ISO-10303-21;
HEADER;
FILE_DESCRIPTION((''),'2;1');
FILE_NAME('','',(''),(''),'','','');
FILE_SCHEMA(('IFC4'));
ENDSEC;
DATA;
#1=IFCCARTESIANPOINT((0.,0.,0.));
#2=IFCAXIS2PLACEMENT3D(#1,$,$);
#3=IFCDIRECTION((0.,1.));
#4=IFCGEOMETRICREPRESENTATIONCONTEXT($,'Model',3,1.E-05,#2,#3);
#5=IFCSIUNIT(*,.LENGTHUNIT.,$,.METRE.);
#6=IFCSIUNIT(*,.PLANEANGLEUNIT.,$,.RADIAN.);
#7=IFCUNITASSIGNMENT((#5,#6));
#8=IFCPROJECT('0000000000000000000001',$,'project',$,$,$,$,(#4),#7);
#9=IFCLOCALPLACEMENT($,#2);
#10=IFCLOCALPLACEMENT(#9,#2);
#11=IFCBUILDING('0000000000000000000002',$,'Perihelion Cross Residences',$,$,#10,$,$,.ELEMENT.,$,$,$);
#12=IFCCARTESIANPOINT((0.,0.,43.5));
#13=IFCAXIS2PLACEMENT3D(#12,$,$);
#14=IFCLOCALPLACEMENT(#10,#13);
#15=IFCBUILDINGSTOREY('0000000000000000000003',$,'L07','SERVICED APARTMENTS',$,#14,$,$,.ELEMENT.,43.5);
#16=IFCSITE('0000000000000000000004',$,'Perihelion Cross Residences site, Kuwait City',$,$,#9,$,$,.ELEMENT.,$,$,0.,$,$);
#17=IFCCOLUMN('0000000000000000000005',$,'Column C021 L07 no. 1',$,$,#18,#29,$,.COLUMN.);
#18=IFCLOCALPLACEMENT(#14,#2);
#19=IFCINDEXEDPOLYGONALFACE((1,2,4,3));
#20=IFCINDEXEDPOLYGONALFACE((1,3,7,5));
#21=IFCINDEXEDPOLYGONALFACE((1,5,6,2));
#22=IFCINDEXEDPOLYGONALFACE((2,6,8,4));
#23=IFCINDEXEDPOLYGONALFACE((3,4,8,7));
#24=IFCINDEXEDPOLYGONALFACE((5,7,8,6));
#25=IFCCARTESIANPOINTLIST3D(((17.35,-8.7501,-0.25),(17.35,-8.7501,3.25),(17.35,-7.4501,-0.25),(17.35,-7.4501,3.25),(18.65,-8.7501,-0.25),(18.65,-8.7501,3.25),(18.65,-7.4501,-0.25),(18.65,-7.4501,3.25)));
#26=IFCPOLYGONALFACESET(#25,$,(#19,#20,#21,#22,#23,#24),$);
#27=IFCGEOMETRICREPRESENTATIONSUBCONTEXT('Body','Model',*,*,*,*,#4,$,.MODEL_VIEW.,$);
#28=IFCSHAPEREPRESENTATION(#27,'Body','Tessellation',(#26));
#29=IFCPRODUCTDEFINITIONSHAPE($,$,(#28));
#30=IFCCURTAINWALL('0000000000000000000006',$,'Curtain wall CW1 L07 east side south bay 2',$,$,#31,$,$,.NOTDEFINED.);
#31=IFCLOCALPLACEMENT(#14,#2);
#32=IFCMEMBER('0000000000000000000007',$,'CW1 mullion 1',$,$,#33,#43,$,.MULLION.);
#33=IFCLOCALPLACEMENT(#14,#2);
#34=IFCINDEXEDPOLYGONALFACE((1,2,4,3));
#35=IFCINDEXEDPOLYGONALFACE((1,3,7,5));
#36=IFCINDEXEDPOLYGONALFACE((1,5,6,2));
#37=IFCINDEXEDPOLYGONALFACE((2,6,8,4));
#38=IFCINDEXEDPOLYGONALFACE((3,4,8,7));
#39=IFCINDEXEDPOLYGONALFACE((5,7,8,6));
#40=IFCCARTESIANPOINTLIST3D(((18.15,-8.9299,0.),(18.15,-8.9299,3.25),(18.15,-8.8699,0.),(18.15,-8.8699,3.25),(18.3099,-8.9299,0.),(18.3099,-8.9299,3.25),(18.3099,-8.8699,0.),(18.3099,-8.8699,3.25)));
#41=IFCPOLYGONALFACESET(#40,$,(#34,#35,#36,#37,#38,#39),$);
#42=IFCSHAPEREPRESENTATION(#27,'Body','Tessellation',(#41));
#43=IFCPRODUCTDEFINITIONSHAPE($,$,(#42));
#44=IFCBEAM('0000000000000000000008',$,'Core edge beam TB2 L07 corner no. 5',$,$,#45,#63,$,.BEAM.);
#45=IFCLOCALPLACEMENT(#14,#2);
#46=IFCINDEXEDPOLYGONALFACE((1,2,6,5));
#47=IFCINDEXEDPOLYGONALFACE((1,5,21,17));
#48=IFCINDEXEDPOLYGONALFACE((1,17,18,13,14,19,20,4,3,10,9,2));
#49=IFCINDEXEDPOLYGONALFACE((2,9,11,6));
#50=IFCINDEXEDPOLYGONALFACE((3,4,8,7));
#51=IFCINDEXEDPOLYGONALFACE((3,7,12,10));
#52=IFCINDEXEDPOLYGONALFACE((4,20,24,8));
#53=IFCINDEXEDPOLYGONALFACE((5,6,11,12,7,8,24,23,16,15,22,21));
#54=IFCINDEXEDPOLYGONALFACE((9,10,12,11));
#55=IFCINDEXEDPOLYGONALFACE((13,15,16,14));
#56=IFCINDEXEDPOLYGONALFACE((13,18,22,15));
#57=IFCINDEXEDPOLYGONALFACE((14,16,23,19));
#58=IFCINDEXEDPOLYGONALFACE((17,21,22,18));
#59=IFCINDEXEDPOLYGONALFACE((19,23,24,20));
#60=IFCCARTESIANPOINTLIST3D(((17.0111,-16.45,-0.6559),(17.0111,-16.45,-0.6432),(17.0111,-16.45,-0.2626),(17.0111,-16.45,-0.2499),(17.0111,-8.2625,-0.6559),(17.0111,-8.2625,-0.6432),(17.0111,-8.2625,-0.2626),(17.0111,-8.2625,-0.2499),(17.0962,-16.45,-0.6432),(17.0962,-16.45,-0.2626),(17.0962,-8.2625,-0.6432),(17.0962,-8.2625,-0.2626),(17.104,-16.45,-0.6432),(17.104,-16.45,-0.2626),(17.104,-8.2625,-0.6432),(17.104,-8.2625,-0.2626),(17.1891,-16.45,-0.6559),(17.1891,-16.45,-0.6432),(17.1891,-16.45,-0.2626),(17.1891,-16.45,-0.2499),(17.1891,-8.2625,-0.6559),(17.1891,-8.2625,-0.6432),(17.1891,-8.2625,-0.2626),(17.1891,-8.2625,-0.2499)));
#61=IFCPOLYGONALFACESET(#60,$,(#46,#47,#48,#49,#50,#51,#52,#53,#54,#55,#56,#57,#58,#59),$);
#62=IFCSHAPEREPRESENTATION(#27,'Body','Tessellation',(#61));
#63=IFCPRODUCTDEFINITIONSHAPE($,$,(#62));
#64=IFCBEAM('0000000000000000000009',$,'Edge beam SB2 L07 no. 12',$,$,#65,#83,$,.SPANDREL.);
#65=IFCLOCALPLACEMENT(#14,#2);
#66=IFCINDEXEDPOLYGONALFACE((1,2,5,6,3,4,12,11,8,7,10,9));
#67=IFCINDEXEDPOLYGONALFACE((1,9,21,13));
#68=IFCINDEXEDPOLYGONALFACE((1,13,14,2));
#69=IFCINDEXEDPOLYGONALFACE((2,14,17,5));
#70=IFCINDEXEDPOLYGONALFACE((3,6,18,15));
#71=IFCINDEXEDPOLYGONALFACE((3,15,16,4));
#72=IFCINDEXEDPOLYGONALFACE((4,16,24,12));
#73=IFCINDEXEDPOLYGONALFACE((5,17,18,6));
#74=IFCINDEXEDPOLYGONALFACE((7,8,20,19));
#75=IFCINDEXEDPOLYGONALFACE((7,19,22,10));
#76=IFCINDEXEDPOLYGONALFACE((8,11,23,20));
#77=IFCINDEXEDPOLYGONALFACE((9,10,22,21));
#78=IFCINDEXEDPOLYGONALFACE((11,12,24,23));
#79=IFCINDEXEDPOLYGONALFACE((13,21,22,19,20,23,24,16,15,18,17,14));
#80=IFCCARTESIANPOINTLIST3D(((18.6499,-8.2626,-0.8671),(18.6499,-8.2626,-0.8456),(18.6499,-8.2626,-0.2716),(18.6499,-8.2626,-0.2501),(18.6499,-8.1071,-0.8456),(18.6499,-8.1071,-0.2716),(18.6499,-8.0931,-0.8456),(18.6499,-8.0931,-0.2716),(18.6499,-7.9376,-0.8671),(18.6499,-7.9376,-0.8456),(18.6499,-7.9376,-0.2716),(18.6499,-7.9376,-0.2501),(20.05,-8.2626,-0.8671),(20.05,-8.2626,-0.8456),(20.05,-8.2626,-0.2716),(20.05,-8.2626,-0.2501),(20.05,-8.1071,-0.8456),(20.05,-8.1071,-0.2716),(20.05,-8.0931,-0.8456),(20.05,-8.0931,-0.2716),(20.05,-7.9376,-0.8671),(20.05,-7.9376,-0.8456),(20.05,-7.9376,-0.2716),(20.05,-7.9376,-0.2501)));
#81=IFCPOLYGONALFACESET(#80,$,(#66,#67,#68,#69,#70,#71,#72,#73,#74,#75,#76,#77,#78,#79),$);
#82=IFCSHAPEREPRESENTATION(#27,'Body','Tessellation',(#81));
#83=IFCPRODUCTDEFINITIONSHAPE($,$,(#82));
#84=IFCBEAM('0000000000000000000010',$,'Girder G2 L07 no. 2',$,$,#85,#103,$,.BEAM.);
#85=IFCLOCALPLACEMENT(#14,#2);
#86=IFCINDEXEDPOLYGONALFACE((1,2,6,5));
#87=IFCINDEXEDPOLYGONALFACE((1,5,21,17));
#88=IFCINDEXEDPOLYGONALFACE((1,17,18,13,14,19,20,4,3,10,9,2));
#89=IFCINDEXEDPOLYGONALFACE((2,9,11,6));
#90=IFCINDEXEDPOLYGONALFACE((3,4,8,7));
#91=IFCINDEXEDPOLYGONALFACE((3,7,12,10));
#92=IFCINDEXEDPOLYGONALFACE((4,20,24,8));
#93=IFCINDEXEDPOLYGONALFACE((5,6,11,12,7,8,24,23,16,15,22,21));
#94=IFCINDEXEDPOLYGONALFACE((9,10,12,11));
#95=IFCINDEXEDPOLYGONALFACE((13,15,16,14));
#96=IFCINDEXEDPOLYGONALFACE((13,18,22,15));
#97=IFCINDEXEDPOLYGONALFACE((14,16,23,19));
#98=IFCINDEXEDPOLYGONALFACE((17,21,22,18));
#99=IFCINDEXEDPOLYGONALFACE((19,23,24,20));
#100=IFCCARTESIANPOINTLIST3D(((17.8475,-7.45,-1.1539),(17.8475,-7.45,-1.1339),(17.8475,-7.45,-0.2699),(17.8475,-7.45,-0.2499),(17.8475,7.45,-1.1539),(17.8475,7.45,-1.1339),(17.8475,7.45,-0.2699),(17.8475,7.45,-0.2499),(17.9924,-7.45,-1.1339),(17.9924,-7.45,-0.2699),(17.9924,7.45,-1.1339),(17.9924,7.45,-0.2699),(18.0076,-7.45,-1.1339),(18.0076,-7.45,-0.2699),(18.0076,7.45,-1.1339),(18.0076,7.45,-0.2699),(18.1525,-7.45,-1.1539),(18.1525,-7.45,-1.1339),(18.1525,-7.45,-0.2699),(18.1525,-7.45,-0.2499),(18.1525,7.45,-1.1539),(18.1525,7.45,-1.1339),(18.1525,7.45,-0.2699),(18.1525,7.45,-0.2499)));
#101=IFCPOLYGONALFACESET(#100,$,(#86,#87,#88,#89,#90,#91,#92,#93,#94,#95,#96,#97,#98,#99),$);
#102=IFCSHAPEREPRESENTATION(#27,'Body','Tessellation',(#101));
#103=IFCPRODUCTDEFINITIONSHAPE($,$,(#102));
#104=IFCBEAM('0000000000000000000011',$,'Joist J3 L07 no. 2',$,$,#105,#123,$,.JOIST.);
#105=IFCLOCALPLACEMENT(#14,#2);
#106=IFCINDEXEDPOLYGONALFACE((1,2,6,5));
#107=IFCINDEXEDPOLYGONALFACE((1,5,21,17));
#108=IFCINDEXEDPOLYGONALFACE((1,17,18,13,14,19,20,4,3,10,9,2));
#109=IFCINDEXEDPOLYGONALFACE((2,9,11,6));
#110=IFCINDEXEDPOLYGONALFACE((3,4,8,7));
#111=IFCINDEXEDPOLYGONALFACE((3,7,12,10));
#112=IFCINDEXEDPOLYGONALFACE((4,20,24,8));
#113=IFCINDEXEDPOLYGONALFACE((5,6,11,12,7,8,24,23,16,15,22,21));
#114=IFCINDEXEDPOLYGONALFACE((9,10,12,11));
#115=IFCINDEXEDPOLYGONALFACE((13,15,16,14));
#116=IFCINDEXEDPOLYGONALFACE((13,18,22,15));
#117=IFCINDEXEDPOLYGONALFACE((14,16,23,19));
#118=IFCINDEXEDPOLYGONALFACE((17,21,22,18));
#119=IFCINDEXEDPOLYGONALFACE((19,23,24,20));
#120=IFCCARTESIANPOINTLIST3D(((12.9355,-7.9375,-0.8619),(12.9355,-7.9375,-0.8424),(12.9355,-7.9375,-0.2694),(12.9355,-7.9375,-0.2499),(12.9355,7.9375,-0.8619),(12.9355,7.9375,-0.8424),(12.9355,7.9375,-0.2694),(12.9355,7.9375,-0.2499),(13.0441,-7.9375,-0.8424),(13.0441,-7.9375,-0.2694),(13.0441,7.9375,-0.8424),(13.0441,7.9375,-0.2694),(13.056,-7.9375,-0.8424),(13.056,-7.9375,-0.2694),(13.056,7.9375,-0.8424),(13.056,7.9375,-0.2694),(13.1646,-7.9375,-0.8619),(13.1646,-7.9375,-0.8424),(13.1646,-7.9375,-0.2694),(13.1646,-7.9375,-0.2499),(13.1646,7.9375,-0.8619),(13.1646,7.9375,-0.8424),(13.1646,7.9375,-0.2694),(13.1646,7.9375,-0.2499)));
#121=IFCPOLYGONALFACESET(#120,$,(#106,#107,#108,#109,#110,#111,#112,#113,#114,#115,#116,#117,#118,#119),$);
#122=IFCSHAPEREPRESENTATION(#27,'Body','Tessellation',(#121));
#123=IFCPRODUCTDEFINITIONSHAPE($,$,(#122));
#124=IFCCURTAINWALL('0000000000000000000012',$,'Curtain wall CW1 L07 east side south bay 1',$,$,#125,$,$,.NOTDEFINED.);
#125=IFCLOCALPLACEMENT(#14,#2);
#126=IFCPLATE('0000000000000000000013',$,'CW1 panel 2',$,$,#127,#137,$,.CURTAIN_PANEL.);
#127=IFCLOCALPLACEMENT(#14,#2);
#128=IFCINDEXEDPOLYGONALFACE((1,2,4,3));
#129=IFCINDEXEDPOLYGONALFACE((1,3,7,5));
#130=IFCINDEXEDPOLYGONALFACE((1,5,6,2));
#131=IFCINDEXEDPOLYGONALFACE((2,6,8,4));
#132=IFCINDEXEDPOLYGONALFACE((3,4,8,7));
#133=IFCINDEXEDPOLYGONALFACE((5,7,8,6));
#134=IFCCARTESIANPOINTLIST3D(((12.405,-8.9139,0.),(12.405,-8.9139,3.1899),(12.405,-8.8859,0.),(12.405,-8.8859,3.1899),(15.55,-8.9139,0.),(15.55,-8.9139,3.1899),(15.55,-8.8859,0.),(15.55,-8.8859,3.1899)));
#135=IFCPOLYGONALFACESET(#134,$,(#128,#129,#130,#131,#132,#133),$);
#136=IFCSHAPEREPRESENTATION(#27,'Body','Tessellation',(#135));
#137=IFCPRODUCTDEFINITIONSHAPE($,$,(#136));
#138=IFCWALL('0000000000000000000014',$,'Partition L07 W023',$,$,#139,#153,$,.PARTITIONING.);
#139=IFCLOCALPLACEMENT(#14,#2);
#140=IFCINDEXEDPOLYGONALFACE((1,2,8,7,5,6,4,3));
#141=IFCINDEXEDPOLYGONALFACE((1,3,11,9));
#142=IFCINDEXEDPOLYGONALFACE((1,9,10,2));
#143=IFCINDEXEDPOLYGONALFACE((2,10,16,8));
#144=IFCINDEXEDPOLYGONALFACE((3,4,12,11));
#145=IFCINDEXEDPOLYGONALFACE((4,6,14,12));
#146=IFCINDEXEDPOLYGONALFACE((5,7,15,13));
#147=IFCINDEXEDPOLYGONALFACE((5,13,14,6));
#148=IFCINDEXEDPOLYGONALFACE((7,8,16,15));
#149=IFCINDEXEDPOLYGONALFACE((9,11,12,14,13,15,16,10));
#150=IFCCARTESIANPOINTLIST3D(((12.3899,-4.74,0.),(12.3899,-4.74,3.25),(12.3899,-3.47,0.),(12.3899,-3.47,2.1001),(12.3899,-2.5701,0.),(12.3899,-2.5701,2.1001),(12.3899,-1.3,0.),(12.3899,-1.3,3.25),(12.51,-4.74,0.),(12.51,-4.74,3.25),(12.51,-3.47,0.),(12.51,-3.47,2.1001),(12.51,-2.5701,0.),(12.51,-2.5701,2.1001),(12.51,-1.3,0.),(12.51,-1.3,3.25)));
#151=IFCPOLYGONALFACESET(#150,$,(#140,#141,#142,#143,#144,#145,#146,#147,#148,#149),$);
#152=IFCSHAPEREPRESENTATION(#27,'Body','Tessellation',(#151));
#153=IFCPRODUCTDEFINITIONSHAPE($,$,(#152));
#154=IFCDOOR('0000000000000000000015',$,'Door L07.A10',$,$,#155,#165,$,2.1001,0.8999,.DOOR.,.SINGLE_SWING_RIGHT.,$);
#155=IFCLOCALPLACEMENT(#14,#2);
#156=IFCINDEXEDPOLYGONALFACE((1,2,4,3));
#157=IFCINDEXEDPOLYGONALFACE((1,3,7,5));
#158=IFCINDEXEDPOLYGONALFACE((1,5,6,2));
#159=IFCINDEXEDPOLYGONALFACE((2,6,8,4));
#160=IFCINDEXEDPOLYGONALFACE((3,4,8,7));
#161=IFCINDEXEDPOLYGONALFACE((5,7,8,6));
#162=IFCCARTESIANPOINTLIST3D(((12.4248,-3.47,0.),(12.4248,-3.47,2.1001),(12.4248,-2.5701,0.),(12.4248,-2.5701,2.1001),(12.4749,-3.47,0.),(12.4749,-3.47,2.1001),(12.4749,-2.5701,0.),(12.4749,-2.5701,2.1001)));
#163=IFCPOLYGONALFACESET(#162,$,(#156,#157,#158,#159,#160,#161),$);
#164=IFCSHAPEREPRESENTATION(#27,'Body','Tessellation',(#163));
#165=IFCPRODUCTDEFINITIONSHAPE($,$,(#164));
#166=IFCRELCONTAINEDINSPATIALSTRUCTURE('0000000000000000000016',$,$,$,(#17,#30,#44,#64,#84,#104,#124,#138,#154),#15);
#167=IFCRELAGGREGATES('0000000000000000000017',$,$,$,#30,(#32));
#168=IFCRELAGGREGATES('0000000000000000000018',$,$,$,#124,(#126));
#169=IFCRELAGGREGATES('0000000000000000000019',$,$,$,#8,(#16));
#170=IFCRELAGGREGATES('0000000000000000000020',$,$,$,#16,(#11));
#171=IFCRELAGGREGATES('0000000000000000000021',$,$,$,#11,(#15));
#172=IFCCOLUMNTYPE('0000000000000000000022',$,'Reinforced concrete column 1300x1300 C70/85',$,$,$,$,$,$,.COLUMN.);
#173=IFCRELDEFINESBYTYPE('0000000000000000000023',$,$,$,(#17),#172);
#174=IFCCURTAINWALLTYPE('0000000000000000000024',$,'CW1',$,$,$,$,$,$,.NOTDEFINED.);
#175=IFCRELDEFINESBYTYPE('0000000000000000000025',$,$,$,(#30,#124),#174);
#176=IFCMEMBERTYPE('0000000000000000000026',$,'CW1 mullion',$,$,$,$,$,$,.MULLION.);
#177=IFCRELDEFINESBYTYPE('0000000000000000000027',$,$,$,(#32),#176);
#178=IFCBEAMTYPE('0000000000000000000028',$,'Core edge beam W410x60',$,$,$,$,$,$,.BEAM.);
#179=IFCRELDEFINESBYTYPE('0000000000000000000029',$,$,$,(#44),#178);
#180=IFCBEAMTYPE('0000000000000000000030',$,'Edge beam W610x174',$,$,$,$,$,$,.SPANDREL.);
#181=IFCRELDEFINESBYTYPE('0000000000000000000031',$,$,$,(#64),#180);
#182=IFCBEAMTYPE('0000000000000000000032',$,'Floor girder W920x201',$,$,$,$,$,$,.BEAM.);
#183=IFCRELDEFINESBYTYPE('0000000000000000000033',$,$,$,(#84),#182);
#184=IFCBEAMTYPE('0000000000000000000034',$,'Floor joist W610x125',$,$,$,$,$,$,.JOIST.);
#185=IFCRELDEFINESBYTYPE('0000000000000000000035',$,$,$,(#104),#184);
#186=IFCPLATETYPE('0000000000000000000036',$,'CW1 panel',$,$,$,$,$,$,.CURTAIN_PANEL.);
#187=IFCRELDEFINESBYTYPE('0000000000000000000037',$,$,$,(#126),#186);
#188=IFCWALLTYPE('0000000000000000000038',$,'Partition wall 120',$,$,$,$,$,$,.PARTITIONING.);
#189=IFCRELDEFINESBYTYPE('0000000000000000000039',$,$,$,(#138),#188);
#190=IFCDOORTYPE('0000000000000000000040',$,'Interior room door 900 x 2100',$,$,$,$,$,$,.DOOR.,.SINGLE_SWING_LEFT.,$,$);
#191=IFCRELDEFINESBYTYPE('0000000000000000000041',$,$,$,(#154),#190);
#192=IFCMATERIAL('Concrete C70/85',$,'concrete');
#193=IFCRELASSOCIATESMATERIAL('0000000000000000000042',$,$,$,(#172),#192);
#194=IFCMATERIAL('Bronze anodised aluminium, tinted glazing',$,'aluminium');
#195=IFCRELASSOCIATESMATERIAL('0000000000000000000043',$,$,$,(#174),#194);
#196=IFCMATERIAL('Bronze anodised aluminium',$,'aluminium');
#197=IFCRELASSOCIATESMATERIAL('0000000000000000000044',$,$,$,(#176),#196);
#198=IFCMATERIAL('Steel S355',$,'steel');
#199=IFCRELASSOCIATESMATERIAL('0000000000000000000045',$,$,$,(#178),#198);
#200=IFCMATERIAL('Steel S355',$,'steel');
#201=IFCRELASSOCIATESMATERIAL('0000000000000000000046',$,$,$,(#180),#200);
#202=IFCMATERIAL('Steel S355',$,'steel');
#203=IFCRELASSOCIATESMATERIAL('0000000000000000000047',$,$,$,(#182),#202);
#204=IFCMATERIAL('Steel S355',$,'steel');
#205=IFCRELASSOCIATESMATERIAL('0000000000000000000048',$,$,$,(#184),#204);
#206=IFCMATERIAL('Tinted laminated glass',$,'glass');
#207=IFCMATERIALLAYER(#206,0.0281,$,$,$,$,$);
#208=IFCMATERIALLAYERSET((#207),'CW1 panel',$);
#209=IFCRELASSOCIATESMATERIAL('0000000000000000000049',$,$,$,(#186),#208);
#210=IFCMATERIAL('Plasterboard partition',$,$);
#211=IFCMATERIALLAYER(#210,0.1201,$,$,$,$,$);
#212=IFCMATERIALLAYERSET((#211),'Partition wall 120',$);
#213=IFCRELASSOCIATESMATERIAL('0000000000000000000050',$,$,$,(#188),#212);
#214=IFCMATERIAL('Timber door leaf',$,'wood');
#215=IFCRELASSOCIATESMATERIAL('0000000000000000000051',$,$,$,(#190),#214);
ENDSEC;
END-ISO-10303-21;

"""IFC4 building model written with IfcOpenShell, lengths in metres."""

from ifc_helpers import new_model, si_unit, direction, frame, frame_2d, origin, origin_2d, place, context, subcontext, project, spatial, rectangle, i_section, extrude, material, layer, layer_set, material_profile, profile_set, type_object, element, fill, aggregate, save


model = new_model("IFC4")

# Units and contexts
model_context = context("Model", 3, precision=1e-05, world=origin(), true_north=direction((0.0, 1.0)))
body_context = subcontext(model_context, "Body", "Model", "MODEL_VIEW")
ifc_project = project(units=[si_unit("LENGTHUNIT", "METRE"), si_unit("PLANEANGLEUNIT", "RADIAN")], contexts=[model_context])

# Site, building, storey
site_placement = place(None, origin())
site = spatial("IfcSite", under=ifc_project, at=site_placement, Name="Perihelion Cross Residences site, Kuwait City", CompositionType="ELEMENT", RefElevation=0.0)
building_placement = place(site_placement, origin())
building = spatial("IfcBuilding", under=site, at=building_placement, Name="Perihelion Cross Residences", CompositionType="ELEMENT")
storey_placement = place(building_placement, frame((0.0, 0.0, 43.5)))
storey = spatial("IfcBuildingStorey", under=building, at=storey_placement, Name="L07", Description="SERVICED APARTMENTS", CompositionType="ELEMENT", Elevation=43.5)

# Column
ifc_material_1 = material(Name="Concrete C70/85", Category="concrete")
ifc_material_profile_1 = material_profile(ifc_material_1, rectangle(XDim=1.3, YDim=1.3, at=origin_2d()), Name="RC 1300x1300")
ifc_profile_set_1 = profile_set([ifc_material_profile_1], Name="Concrete C70/85")
column_type = type_object("IfcColumnType", Name="Reinforced concrete column 1300x1300 C70/85", PredefinedType="COLUMN", material=ifc_profile_set_1)
column_placement = place(storey_placement, frame((18.0, -8.1001, -0.25), z_axis=(0.0, 0.0, 1.0), x_axis=(1.0, 0.0, 0.0)))
element("IfcColumn", 1, at=column_placement, inside=storey, type_object=column_type, Name="Column C021 L07 no. 1", PredefinedType="COLUMN", context=body_context, shape_type="SweptSolid", body=[
    extrude(rectangle(XDim=1.3, YDim=1.3, at=origin_2d()), origin(), (0.0, 0.0, 1.0), 3.5),
])

# Curtain wall, member
ifc_material_2 = material(Name="Bronze anodised aluminium, tinted glazing", Category="aluminium")
curtain_wall_type = type_object("IfcCurtainWallType", Name="CW1", PredefinedType="NOTDEFINED", material=ifc_material_2)
curtain_wall_1_placement = place(storey_placement, origin())
curtain_wall_1 = element("IfcCurtainWall", 2, at=curtain_wall_1_placement, inside=storey, type_object=curtain_wall_type, Name="Curtain wall CW1 L07 east side south bay 2", PredefinedType="NOTDEFINED")
ifc_material_3 = material(Name="Bronze anodised aluminium", Category="aluminium")
ifc_material_profile_2 = material_profile(ifc_material_3, rectangle(XDim=0.0601, YDim=0.1599, at=origin_2d()), Name="CW1 mullion")
ifc_profile_set_2 = profile_set([ifc_material_profile_2], Name="Bronze anodised aluminium")
member_type = type_object("IfcMemberType", Name="CW1 mullion", PredefinedType="MULLION", material=ifc_profile_set_2)
member_placement = place(storey_placement, frame((18.23, -8.8999, 0.0), z_axis=(0.0, 0.0, 1.0), x_axis=(0.0, 1.0, 0.0)))
member = element("IfcMember", 3, at=member_placement, type_object=member_type, Name="CW1 mullion 1", PredefinedType="MULLION", context=body_context, shape_type="SweptSolid", body=[
    extrude(rectangle(XDim=0.0601, YDim=0.1599, at=origin_2d()), origin(), (0.0, 0.0, 1.0), 3.25),
])
aggregate(curtain_wall_1, [member])

# Beams
ifc_material_4 = material(Name="Steel S355", Category="steel")
ifc_material_profile_3 = material_profile(ifc_material_4, i_section(OverallWidth=0.178, OverallDepth=0.406, WebThickness=0.0078, FlangeThickness=0.0127, at=origin_2d()), Name="W410x60")
ifc_profile_set_3 = profile_set([ifc_material_profile_3], Name="Steel S355")
beam_type_1 = type_object("IfcBeamType", Name="Core edge beam W410x60", PredefinedType="BEAM", material=ifc_profile_set_3)
beam_1_placement = place(storey_placement, frame((17.1001, -8.2625, -0.4529), z_axis=(0.0, -1.0, 0.0), x_axis=(1.0, 0.0, 0.0)))
element("IfcBeam", 4, at=beam_1_placement, inside=storey, type_object=beam_type_1, Name="Core edge beam TB2 L07 corner no. 5", PredefinedType="BEAM", context=body_context, shape_type="SweptSolid", body=[
    extrude(i_section(OverallWidth=0.178, OverallDepth=0.406, WebThickness=0.0078, FlangeThickness=0.0127, at=origin_2d()), origin(), (0.0, 0.0, 1.0), 8.1875),
])
ifc_material_5 = material(Name="Steel S355", Category="steel")
ifc_material_profile_4 = material_profile(ifc_material_5, i_section(OverallWidth=0.325, OverallDepth=0.6169, WebThickness=0.0139, FlangeThickness=0.0215, at=origin_2d()), Name="W610x174")
ifc_profile_set_4 = profile_set([ifc_material_profile_4], Name="Steel S355")
beam_type_2 = type_object("IfcBeamType", Name="Edge beam W610x174", PredefinedType="SPANDREL", material=ifc_profile_set_4)
beam_2_placement = place(storey_placement, frame((18.6499, -8.1001, -0.5586), z_axis=(1.0, 0.0, 0.0), x_axis=(0.0, 1.0, 0.0)))
element("IfcBeam", 5, at=beam_2_placement, inside=storey, type_object=beam_type_2, Name="Edge beam SB2 L07 no. 12", PredefinedType="SPANDREL", context=body_context, shape_type="SweptSolid", body=[
    extrude(i_section(OverallWidth=0.325, OverallDepth=0.6169, WebThickness=0.0139, FlangeThickness=0.0215, at=origin_2d()), origin(), (0.0, 0.0, 1.0), 1.4001),
])
ifc_material_6 = material(Name="Steel S355", Category="steel")
ifc_material_profile_5 = material_profile(ifc_material_6, i_section(OverallWidth=0.3049, OverallDepth=0.9041, WebThickness=0.0151, FlangeThickness=0.02, at=origin_2d()), Name="W920x201")
ifc_profile_set_5 = profile_set([ifc_material_profile_5], Name="Steel S355")
beam_type_3 = type_object("IfcBeamType", Name="Floor girder W920x201", PredefinedType="BEAM", material=ifc_profile_set_5)
beam_3_placement = place(storey_placement, frame((18.0, -7.45, -0.7019), z_axis=(0.0, 1.0, 0.0), x_axis=(-1.0, 0.0, 0.0)))
element("IfcBeam", 6, at=beam_3_placement, inside=storey, type_object=beam_type_3, Name="Girder G2 L07 no. 2", PredefinedType="BEAM", context=body_context, shape_type="SweptSolid", body=[
    extrude(i_section(OverallWidth=0.3049, OverallDepth=0.9041, WebThickness=0.0151, FlangeThickness=0.02, at=origin_2d()), origin(), (0.0, 0.0, 1.0), 14.8999),
])
ifc_material_7 = material(Name="Steel S355", Category="steel")
ifc_material_profile_6 = material_profile(ifc_material_7, i_section(OverallWidth=0.229, OverallDepth=0.6121, WebThickness=0.012, FlangeThickness=0.0195, at=origin_2d()), Name="W610x125")
ifc_profile_set_6 = profile_set([ifc_material_profile_6], Name="Steel S355")
beam_type_4 = type_object("IfcBeamType", Name="Floor joist W610x125", PredefinedType="JOIST", material=ifc_profile_set_6)
beam_4_placement = place(storey_placement, frame((13.05, -7.9375, -0.5559), z_axis=(0.0, 1.0, 0.0), x_axis=(-1.0, 0.0, 0.0)))
element("IfcBeam", 7, at=beam_4_placement, inside=storey, type_object=beam_type_4, Name="Joist J3 L07 no. 2", PredefinedType="JOIST", context=body_context, shape_type="SweptSolid", body=[
    extrude(i_section(OverallWidth=0.229, OverallDepth=0.6121, WebThickness=0.012, FlangeThickness=0.0195, at=origin_2d()), origin(), (0.0, 0.0, 1.0), 15.875),
])

# Curtain wall, plate
curtain_wall_2_placement = place(storey_placement, origin())
curtain_wall_2 = element("IfcCurtainWall", 8, at=curtain_wall_2_placement, inside=storey, type_object=curtain_wall_type, Name="Curtain wall CW1 L07 east side south bay 1", PredefinedType="NOTDEFINED")
ifc_material_8 = material(Name="Tinted laminated glass", Category="glass")
ifc_layer_1 = layer(ifc_material_8, 0.0281)
ifc_layer_set_1 = layer_set([ifc_layer_1], Name="CW1 panel")
plate_type = type_object("IfcPlateType", Name="CW1 panel", PredefinedType="CURTAIN_PANEL", material=ifc_layer_set_1)
plate_placement = place(storey_placement, frame((13.9775, -8.8999, 0.0), z_axis=(0.0, 0.0, 1.0), x_axis=(1.0, 0.0, 0.0)))
plate = element("IfcPlate", 9, at=plate_placement, type_object=plate_type, Name="CW1 panel 2", PredefinedType="CURTAIN_PANEL", context=body_context, shape_type="SweptSolid", body=[
    extrude(rectangle(XDim=3.145, YDim=0.0281, at=origin_2d()), origin(), (0.0, 0.0, 1.0), 3.1899),
])
aggregate(curtain_wall_2, [plate])

# Wall, opening, door
ifc_material_9 = material(Name="Plasterboard partition")
ifc_layer_2 = layer(ifc_material_9, 0.1201)
ifc_layer_set_2 = layer_set([ifc_layer_2], Name="Partition wall 120")
wall_type_1 = type_object("IfcWallType", Name="Partition wall 120", PredefinedType="PARTITIONING", material=ifc_layer_set_2)
wall_1_placement = place(storey_placement, frame((12.45, -1.3, 0.0), z_axis=(0.0, 0.0, 1.0), x_axis=(0.0, -1.0, 0.0)))
wall_1 = element("IfcWall", 10, at=wall_1_placement, inside=storey, type_object=wall_type_1, Name="Partition L07 W023", PredefinedType="PARTITIONING", context=body_context, shape_type="SweptSolid", body=[
    extrude(rectangle(XDim=3.4399, YDim=0.1201, at=frame_2d((1.72, 0.0))), origin(), (0.0, 0.0, 1.0), 3.25),
])
opening_1_placement = place(wall_1_placement, frame((1.27, 0.0, 0.0)))
opening_1 = element("IfcOpeningElement", 11, at=opening_1_placement, cuts=wall_1, PredefinedType="OPENING", context=body_context, shape_type="SweptSolid", body=[
    extrude(rectangle(XDim=0.8999, YDim=2.1001, at=frame_2d((0.45, 1.05))), frame((0.0, 0.0701, 0.0), z_axis=(0.0, -1.0, 0.0), x_axis=(1.0, 0.0, 0.0)), (0.0, 0.0, 1.0), 0.1401),
])
ifc_material_10 = material(Name="Timber door leaf", Category="wood")
door_type_1 = type_object("IfcDoorType", Name="Interior room door 900 x 2100", OperationType="SINGLE_SWING_LEFT", PredefinedType="DOOR", material=ifc_material_10)
door_1_placement = place(opening_1_placement, origin())
door_1 = element("IfcDoor", 12, at=door_1_placement, inside=storey, type_object=door_type_1, Name="Door L07.A10", OperationType="SINGLE_SWING_RIGHT", OverallHeight=2.1001, OverallWidth=0.8999, PredefinedType="DOOR", context=body_context, shape_type="SweptSolid", body=[
    extrude(rectangle(XDim=0.8999, YDim=2.1001, at=frame_2d((0.45, 1.05))), frame((0.0, 0.0249, 0.0), z_axis=(0.0, -1.0, 0.0), x_axis=(1.0, 0.0, 0.0)), (0.0, 0.0, 1.0), 0.05),
])
fill(opening_1, door_1)

save(model, "model.ifc")
